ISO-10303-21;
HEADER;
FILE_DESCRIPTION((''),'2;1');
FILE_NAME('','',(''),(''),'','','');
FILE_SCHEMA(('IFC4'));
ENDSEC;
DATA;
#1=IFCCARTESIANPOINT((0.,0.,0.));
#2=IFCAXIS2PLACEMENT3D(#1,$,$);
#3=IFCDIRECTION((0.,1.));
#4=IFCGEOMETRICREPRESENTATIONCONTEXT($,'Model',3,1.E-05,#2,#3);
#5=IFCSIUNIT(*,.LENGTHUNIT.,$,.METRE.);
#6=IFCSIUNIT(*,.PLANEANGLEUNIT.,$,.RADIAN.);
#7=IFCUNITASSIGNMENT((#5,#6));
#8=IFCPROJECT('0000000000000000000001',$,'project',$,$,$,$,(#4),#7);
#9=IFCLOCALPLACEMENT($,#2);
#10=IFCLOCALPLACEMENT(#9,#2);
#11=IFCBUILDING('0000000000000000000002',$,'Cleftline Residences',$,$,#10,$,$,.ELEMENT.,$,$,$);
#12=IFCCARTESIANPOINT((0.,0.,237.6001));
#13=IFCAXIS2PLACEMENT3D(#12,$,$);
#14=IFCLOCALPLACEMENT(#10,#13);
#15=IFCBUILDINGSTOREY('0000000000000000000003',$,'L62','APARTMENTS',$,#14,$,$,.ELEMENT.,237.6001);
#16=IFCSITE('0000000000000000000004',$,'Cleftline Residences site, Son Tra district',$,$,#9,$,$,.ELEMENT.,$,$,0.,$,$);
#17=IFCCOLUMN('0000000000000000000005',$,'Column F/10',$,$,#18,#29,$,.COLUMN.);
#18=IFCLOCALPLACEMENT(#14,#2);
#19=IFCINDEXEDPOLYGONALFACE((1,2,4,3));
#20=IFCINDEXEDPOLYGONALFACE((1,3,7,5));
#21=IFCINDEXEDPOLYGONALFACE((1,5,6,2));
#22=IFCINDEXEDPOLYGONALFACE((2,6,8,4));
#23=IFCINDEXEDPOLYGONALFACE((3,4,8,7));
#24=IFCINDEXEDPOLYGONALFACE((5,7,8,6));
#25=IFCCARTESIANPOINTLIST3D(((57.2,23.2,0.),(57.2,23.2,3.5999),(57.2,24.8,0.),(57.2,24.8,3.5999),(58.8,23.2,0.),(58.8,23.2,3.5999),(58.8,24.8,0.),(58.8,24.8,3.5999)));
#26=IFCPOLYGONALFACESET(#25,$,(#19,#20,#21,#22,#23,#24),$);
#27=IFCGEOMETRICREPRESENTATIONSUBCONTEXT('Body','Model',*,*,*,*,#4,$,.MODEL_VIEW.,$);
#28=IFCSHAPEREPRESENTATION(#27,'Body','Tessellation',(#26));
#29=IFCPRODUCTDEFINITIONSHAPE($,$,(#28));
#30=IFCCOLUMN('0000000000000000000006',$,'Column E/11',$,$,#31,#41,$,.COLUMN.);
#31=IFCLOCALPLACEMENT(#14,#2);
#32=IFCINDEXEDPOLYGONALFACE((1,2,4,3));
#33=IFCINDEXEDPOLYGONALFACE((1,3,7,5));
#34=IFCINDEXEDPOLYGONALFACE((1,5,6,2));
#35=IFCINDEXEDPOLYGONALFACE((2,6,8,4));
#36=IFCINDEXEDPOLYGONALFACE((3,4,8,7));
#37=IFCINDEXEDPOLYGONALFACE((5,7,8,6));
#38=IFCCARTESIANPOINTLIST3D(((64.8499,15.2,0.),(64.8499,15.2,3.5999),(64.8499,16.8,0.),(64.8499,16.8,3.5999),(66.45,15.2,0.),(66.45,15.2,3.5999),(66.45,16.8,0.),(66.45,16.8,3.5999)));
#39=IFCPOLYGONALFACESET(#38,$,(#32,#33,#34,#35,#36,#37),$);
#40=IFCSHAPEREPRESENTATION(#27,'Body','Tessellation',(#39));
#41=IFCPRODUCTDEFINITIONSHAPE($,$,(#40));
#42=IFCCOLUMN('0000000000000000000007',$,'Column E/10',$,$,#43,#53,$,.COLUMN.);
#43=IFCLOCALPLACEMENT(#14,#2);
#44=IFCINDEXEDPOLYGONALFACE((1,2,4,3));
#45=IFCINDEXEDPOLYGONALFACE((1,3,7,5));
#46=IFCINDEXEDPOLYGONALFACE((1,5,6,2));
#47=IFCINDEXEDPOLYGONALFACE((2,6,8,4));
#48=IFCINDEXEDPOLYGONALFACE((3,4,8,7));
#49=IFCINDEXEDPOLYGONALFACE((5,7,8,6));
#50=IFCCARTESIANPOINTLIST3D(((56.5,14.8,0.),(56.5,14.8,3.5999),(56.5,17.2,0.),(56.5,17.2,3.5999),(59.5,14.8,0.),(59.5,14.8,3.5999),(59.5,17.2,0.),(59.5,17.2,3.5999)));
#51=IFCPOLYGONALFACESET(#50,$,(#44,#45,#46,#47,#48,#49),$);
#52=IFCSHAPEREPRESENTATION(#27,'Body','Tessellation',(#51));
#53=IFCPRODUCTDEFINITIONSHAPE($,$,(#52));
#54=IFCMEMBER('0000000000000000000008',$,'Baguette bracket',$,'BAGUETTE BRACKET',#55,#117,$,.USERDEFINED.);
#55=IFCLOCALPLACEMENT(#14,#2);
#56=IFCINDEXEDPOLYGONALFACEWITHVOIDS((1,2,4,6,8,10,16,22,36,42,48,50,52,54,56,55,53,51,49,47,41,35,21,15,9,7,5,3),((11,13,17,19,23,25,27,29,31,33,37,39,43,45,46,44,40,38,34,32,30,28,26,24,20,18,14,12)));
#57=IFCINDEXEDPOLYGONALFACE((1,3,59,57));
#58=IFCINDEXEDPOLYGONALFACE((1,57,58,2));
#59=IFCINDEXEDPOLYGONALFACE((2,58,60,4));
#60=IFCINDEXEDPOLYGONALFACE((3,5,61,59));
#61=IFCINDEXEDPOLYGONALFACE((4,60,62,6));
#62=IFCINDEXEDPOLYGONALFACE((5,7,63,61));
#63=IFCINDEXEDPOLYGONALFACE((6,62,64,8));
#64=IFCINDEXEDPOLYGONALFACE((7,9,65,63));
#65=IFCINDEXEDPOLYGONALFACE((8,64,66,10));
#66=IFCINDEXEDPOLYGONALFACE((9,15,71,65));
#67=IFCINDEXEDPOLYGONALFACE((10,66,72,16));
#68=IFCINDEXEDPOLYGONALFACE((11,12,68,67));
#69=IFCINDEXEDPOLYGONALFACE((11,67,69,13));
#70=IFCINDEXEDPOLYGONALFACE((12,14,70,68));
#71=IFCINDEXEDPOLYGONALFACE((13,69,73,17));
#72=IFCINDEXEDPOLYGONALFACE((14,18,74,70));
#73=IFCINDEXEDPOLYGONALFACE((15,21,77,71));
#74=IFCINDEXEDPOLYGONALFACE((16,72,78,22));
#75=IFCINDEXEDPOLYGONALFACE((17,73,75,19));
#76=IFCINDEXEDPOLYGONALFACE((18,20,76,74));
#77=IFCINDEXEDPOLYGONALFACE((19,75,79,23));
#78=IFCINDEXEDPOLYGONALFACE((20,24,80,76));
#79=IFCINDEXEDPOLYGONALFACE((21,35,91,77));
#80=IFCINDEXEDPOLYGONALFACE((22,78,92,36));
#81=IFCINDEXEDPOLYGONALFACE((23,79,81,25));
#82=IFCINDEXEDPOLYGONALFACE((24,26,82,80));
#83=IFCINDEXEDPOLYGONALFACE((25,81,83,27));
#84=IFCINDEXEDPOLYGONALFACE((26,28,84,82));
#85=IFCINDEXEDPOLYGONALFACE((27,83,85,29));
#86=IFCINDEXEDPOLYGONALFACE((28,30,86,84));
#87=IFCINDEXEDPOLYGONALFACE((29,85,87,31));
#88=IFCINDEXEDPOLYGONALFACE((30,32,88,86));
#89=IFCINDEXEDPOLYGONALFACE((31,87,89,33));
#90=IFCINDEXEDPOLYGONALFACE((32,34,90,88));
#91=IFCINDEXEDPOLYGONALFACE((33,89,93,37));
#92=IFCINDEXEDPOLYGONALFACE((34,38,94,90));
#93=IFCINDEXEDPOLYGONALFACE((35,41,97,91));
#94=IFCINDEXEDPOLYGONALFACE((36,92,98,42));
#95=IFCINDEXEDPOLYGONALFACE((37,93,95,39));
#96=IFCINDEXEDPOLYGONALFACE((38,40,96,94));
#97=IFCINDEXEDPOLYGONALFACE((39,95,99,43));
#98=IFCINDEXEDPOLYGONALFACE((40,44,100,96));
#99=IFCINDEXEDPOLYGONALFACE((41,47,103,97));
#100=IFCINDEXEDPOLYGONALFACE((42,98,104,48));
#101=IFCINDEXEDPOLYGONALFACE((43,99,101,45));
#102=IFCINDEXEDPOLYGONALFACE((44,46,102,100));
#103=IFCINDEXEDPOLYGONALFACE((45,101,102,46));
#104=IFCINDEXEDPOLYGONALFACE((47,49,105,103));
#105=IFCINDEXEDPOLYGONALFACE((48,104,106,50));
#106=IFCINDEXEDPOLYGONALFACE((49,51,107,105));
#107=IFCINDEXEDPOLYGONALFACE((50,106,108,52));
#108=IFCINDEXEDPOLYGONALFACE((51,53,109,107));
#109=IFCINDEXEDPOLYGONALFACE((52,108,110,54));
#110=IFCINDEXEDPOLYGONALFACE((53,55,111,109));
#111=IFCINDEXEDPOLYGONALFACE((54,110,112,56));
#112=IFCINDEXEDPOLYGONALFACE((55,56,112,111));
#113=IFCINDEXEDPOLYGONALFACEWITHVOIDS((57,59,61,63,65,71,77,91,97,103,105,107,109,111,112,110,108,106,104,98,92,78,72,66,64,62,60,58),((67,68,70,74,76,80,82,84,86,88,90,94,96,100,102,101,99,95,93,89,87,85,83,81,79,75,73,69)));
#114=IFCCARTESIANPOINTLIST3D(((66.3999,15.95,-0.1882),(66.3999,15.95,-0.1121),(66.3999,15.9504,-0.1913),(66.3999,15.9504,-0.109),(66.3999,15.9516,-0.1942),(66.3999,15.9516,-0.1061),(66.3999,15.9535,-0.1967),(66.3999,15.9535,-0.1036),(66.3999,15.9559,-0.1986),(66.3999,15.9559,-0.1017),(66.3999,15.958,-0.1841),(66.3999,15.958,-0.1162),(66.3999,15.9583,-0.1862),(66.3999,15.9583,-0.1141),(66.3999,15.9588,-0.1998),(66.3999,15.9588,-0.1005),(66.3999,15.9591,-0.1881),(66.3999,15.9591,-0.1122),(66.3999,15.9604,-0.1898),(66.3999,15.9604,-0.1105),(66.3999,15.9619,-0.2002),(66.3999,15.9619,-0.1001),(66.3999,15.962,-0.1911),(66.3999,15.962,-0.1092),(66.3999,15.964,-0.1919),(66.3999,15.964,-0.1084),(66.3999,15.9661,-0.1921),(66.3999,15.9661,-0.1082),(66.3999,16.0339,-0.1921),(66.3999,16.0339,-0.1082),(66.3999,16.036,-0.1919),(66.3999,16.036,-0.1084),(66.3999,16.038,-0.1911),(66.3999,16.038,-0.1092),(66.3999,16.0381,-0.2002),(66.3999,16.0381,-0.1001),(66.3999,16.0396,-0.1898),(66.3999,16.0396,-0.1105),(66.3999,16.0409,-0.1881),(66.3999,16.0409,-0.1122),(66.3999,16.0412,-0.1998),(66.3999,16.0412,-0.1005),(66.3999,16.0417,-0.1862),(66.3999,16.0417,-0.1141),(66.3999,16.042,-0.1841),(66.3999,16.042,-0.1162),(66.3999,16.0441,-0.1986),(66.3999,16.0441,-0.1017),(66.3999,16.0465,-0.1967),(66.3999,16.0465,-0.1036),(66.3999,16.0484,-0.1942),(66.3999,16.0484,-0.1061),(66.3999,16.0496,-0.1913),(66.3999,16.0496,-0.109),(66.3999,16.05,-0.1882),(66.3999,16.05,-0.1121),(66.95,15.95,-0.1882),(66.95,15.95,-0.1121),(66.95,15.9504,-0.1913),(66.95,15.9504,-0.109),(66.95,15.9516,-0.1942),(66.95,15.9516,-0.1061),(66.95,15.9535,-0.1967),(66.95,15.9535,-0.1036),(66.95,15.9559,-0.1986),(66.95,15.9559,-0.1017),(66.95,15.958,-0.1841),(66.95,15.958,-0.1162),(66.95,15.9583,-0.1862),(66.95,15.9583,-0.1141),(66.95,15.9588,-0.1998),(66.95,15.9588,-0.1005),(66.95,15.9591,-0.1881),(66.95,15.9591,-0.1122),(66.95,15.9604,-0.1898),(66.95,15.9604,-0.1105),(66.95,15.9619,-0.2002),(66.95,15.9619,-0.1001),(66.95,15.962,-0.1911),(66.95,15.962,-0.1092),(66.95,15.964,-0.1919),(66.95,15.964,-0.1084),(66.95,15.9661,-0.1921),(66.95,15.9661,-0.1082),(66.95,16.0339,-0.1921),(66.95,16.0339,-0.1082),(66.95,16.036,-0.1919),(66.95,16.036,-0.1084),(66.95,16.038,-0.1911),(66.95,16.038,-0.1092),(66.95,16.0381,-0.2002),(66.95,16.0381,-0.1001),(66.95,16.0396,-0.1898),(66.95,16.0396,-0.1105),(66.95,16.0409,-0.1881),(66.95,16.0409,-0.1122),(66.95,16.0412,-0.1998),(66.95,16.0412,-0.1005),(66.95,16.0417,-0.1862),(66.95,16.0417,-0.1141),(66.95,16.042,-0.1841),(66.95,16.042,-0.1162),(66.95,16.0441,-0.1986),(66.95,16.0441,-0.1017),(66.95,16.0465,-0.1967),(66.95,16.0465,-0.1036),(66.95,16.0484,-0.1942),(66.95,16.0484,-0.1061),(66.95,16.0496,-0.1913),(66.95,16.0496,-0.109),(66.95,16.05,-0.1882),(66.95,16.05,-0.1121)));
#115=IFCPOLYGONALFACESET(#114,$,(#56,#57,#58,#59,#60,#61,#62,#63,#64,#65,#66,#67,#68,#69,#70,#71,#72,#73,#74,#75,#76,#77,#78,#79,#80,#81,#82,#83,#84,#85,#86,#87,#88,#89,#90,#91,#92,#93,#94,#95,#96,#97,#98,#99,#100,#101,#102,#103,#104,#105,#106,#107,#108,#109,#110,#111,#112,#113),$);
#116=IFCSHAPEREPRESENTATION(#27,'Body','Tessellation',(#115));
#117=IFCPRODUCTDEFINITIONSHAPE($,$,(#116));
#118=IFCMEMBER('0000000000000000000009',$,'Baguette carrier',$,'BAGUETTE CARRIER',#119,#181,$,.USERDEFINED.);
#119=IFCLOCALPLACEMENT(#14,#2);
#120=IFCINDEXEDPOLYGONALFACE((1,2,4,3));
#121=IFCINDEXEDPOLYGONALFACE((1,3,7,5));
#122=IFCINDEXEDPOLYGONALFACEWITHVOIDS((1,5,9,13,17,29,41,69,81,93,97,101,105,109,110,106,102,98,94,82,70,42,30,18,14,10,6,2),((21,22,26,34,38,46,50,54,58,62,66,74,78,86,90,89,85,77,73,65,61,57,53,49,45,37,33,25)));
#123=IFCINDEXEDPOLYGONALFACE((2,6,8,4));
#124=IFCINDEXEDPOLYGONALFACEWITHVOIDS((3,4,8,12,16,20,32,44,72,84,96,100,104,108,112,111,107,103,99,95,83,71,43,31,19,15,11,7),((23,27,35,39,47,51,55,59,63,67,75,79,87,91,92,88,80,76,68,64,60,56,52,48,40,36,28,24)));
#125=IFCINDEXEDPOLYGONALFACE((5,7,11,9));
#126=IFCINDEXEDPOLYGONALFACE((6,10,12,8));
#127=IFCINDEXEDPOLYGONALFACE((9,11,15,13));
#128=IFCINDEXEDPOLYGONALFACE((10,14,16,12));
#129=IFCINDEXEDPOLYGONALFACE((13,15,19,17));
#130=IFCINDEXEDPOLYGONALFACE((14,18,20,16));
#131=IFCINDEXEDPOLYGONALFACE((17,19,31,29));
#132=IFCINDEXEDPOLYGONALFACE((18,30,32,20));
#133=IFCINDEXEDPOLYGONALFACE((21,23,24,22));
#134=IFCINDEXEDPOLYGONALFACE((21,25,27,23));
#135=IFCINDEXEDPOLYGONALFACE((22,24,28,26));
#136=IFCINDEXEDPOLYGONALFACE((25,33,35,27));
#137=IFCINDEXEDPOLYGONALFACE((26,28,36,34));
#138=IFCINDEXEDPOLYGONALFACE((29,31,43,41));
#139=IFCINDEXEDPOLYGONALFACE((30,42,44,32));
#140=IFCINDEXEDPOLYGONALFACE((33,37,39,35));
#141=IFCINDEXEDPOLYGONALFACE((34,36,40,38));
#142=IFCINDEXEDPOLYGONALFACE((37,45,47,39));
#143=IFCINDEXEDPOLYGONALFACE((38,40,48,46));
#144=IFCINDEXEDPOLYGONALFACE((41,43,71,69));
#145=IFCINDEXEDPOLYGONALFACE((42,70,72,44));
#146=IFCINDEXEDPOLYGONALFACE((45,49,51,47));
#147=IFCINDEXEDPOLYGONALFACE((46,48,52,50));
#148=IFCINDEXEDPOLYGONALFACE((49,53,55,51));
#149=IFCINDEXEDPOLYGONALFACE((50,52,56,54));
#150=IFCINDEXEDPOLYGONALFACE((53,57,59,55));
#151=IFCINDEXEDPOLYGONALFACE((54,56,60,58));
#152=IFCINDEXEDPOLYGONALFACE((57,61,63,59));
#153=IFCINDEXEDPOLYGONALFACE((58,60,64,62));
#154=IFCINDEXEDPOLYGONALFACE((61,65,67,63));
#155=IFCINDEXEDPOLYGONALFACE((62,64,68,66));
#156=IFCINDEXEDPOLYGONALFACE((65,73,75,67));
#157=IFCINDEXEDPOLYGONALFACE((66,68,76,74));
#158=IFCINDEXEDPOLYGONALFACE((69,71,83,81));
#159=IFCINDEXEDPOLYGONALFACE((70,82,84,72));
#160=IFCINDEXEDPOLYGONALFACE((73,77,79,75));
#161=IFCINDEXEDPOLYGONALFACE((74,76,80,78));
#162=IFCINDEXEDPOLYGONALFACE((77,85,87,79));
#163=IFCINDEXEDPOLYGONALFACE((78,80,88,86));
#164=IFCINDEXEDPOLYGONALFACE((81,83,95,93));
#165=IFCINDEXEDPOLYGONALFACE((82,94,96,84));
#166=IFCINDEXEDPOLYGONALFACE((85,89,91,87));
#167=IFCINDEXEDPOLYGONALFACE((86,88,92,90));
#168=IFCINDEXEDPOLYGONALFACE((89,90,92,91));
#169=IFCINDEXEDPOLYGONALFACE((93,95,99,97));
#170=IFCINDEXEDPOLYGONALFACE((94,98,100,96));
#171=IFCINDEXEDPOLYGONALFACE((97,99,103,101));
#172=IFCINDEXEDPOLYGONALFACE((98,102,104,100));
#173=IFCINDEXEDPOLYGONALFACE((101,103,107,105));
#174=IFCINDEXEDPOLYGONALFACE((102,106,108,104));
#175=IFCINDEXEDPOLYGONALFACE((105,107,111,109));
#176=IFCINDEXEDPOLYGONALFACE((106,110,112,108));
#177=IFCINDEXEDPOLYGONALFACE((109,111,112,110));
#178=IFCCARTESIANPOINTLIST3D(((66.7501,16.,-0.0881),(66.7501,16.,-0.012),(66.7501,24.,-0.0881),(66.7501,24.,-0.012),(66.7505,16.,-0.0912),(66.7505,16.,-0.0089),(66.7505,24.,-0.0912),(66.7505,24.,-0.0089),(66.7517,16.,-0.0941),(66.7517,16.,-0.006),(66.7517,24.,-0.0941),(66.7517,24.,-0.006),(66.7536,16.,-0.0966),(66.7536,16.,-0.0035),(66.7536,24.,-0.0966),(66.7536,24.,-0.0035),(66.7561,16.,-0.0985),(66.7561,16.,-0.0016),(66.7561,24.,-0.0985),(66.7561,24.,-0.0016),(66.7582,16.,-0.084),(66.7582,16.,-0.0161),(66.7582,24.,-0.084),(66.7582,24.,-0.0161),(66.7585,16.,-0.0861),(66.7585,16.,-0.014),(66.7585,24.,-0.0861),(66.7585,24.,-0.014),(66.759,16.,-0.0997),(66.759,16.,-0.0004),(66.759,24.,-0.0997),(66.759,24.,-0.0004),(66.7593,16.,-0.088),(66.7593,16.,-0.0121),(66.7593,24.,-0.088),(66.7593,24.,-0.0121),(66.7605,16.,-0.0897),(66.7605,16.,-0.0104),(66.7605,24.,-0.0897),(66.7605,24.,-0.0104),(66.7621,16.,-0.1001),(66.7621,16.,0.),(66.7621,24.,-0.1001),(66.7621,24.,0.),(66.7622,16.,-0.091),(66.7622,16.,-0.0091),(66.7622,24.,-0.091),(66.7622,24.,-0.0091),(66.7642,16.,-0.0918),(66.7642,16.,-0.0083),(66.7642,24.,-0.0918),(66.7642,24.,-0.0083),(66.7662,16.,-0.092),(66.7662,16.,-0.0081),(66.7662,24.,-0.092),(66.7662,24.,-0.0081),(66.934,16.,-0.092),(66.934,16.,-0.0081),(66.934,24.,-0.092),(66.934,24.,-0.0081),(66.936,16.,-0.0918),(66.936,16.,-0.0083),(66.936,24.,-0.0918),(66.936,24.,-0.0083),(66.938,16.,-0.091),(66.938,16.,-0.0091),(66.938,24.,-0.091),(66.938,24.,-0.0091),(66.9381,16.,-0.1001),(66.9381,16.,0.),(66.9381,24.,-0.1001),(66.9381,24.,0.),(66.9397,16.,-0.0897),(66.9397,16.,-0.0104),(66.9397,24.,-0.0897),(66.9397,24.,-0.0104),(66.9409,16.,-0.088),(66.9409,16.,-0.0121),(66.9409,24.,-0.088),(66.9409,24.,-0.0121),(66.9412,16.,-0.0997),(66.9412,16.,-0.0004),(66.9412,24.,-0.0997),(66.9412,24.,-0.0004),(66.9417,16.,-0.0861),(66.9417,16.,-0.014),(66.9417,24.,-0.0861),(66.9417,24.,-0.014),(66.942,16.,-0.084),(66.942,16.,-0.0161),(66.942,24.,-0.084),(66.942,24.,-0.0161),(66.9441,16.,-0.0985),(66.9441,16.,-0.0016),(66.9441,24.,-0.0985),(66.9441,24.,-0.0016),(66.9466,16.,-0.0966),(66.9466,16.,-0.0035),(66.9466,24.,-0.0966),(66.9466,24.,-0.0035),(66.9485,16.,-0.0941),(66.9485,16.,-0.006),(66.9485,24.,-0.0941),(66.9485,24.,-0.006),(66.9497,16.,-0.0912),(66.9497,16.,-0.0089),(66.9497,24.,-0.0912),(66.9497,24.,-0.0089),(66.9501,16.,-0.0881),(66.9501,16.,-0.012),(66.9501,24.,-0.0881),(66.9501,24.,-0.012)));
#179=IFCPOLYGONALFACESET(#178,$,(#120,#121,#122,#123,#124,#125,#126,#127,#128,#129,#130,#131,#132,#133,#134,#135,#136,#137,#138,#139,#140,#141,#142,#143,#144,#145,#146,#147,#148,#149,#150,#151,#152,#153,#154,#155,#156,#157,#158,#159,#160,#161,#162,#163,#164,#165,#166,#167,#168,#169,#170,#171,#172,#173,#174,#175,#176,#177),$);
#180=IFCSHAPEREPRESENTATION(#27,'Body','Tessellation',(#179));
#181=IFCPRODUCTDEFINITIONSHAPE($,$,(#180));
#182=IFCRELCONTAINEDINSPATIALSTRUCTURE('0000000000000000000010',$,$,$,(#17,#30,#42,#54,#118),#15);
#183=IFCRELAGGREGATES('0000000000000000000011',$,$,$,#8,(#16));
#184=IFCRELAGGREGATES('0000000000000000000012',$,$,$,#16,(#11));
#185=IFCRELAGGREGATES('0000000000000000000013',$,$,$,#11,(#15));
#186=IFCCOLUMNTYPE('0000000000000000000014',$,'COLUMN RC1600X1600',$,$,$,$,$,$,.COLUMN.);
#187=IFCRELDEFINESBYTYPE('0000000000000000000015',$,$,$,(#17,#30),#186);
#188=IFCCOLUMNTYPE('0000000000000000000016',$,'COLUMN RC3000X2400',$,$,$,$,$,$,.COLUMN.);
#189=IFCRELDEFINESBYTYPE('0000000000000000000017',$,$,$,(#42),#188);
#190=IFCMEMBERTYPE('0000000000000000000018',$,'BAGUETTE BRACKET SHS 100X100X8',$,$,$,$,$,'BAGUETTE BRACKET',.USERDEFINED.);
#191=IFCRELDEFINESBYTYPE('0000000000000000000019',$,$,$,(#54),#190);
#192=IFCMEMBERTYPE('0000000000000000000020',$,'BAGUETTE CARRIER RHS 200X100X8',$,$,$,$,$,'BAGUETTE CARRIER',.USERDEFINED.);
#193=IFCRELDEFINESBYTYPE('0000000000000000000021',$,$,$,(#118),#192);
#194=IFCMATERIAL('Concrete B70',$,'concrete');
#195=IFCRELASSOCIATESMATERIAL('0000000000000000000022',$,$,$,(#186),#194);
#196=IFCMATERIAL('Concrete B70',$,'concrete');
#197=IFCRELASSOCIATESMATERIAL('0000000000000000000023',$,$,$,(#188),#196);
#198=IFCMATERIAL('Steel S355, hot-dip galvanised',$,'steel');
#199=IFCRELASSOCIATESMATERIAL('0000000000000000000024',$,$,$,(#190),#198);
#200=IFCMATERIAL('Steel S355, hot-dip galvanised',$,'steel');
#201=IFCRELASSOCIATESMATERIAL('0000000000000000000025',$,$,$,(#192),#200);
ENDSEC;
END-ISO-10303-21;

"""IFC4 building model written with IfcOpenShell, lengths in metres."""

from ifc_helpers import new_model, si_unit, direction, frame, origin, origin_2d, place, context, subcontext, project, spatial, rectangle, hollow_rectangle, extrude, material, material_profile, profile_set, type_object, element, save


model = new_model("IFC4")

# Units and contexts
model_context = context("Model", 3, precision=1e-05, world=origin(), true_north=direction((0.0, 1.0)))
body_context = subcontext(model_context, "Body", "Model", "MODEL_VIEW")
ifc_project = project(units=[si_unit("LENGTHUNIT", "METRE"), si_unit("PLANEANGLEUNIT", "RADIAN")], contexts=[model_context])

# Site, building, storey
site_placement = place(None, origin())
site = spatial("IfcSite", under=ifc_project, at=site_placement, Name="Cleftline Residences site, Son Tra district", CompositionType="ELEMENT", RefElevation=0.0)
building_placement = place(site_placement, origin())
building = spatial("IfcBuilding", under=site, at=building_placement, Name="Cleftline Residences", CompositionType="ELEMENT")
storey_placement = place(building_placement, frame((0.0, 0.0, 237.6001)))
storey = spatial("IfcBuildingStorey", under=building, at=storey_placement, Name="L62", Description="APARTMENTS", CompositionType="ELEMENT", Elevation=237.6001)

# Columns
ifc_material_1 = material(Name="Concrete B70", Category="concrete")
ifc_material_profile_1 = material_profile(ifc_material_1, rectangle(XDim=1.6001, YDim=1.6001, at=origin_2d()))
ifc_profile_set_1 = profile_set([ifc_material_profile_1], Name="Concrete B70")
column_type_1 = type_object("IfcColumnType", Name="COLUMN RC1600X1600", PredefinedType="COLUMN", material=ifc_profile_set_1)
for number, where, z_axis, x_axis, name in (
    (1, (58.0, 24.0, 0.0), (0.0, 0.0, 1.0), (1.0, 0.0, 0.0), "Column F/10"),
    (2, (65.6499, 16.0, 0.0), (0.0, 0.0, 1.0), (1.0, 0.0, 0.0), "Column E/11"),
):
    element("IfcColumn", number, at=place(storey_placement, frame(where, z_axis=z_axis, x_axis=x_axis)), inside=storey, type_object=column_type_1, Name=name, PredefinedType="COLUMN", context=body_context, shape_type="SweptSolid", body=[
        extrude(rectangle(XDim=1.6001, YDim=1.6001, at=origin_2d()), origin(), (0.0, 0.0, 1.0), 3.5999),
    ])
ifc_material_2 = material(Name="Concrete B70", Category="concrete")
ifc_material_profile_2 = material_profile(ifc_material_2, rectangle(XDim=3.0, YDim=2.3999, at=origin_2d()))
ifc_profile_set_2 = profile_set([ifc_material_profile_2], Name="Concrete B70")
column_type_2 = type_object("IfcColumnType", Name="COLUMN RC3000X2400", PredefinedType="COLUMN", material=ifc_profile_set_2)
column_placement = place(storey_placement, frame((58.0, 16.0, 0.0), z_axis=(0.0, 0.0, 1.0), x_axis=(1.0, 0.0, 0.0)))
element("IfcColumn", 3, at=column_placement, inside=storey, type_object=column_type_2, Name="Column E/10", PredefinedType="COLUMN", context=body_context, shape_type="SweptSolid", body=[
    extrude(rectangle(XDim=3.0, YDim=2.3999, at=origin_2d()), origin(), (0.0, 0.0, 1.0), 3.5999),
])

# Members
ifc_material_3 = material(Name="Steel S355, hot-dip galvanised", Category="steel")
ifc_material_profile_3 = material_profile(ifc_material_3, hollow_rectangle(XDim=0.1001, YDim=0.1001, WallThickness=0.0081, InnerFilletRadius=0.0081, OuterFilletRadius=0.012, at=origin_2d()))
ifc_profile_set_3 = profile_set([ifc_material_profile_3], Name="Steel S355, hot-dip galvanised")
member_type_1 = type_object("IfcMemberType", Name="BAGUETTE BRACKET SHS 100X100X8", ElementType="BAGUETTE BRACKET", PredefinedType="USERDEFINED", material=ifc_profile_set_3)
member_1_placement = place(storey_placement, frame((66.3999, 16.0, -0.1501), z_axis=(1.0, 0.0, 0.0), x_axis=(0.0, 1.0, 0.0)))
element("IfcMember", 4, at=member_1_placement, inside=storey, type_object=member_type_1, Name="Baguette bracket", ObjectType="BAGUETTE BRACKET", PredefinedType="USERDEFINED", context=body_context, shape_type="SweptSolid", body=[
    extrude(hollow_rectangle(XDim=0.1001, YDim=0.1001, WallThickness=0.0081, InnerFilletRadius=0.0081, OuterFilletRadius=0.012, at=origin_2d()), origin(), (0.0, 0.0, 1.0), 0.55),
])
ifc_material_4 = material(Name="Steel S355, hot-dip galvanised", Category="steel")
ifc_material_profile_4 = material_profile(ifc_material_4, hollow_rectangle(XDim=0.1001, YDim=0.2, WallThickness=0.0081, InnerFilletRadius=0.0081, OuterFilletRadius=0.012, at=origin_2d()))
ifc_profile_set_4 = profile_set([ifc_material_profile_4], Name="Steel S355, hot-dip galvanised")
member_type_2 = type_object("IfcMemberType", Name="BAGUETTE CARRIER RHS 200X100X8", ElementType="BAGUETTE CARRIER", PredefinedType="USERDEFINED", material=ifc_profile_set_4)
member_2_placement = place(storey_placement, frame((66.8501, 16.0, -0.05), z_axis=(0.0, 1.0, 0.0), x_axis=(0.0, 0.0, 1.0)))
element("IfcMember", 5, at=member_2_placement, inside=storey, type_object=member_type_2, Name="Baguette carrier", ObjectType="BAGUETTE CARRIER", PredefinedType="USERDEFINED", context=body_context, shape_type="SweptSolid", body=[
    extrude(hollow_rectangle(XDim=0.1001, YDim=0.2, WallThickness=0.0081, InnerFilletRadius=0.0081, OuterFilletRadius=0.012, at=origin_2d()), origin(), (0.0, 0.0, 1.0), 8.0),
])

save(model, "model.ifc")
